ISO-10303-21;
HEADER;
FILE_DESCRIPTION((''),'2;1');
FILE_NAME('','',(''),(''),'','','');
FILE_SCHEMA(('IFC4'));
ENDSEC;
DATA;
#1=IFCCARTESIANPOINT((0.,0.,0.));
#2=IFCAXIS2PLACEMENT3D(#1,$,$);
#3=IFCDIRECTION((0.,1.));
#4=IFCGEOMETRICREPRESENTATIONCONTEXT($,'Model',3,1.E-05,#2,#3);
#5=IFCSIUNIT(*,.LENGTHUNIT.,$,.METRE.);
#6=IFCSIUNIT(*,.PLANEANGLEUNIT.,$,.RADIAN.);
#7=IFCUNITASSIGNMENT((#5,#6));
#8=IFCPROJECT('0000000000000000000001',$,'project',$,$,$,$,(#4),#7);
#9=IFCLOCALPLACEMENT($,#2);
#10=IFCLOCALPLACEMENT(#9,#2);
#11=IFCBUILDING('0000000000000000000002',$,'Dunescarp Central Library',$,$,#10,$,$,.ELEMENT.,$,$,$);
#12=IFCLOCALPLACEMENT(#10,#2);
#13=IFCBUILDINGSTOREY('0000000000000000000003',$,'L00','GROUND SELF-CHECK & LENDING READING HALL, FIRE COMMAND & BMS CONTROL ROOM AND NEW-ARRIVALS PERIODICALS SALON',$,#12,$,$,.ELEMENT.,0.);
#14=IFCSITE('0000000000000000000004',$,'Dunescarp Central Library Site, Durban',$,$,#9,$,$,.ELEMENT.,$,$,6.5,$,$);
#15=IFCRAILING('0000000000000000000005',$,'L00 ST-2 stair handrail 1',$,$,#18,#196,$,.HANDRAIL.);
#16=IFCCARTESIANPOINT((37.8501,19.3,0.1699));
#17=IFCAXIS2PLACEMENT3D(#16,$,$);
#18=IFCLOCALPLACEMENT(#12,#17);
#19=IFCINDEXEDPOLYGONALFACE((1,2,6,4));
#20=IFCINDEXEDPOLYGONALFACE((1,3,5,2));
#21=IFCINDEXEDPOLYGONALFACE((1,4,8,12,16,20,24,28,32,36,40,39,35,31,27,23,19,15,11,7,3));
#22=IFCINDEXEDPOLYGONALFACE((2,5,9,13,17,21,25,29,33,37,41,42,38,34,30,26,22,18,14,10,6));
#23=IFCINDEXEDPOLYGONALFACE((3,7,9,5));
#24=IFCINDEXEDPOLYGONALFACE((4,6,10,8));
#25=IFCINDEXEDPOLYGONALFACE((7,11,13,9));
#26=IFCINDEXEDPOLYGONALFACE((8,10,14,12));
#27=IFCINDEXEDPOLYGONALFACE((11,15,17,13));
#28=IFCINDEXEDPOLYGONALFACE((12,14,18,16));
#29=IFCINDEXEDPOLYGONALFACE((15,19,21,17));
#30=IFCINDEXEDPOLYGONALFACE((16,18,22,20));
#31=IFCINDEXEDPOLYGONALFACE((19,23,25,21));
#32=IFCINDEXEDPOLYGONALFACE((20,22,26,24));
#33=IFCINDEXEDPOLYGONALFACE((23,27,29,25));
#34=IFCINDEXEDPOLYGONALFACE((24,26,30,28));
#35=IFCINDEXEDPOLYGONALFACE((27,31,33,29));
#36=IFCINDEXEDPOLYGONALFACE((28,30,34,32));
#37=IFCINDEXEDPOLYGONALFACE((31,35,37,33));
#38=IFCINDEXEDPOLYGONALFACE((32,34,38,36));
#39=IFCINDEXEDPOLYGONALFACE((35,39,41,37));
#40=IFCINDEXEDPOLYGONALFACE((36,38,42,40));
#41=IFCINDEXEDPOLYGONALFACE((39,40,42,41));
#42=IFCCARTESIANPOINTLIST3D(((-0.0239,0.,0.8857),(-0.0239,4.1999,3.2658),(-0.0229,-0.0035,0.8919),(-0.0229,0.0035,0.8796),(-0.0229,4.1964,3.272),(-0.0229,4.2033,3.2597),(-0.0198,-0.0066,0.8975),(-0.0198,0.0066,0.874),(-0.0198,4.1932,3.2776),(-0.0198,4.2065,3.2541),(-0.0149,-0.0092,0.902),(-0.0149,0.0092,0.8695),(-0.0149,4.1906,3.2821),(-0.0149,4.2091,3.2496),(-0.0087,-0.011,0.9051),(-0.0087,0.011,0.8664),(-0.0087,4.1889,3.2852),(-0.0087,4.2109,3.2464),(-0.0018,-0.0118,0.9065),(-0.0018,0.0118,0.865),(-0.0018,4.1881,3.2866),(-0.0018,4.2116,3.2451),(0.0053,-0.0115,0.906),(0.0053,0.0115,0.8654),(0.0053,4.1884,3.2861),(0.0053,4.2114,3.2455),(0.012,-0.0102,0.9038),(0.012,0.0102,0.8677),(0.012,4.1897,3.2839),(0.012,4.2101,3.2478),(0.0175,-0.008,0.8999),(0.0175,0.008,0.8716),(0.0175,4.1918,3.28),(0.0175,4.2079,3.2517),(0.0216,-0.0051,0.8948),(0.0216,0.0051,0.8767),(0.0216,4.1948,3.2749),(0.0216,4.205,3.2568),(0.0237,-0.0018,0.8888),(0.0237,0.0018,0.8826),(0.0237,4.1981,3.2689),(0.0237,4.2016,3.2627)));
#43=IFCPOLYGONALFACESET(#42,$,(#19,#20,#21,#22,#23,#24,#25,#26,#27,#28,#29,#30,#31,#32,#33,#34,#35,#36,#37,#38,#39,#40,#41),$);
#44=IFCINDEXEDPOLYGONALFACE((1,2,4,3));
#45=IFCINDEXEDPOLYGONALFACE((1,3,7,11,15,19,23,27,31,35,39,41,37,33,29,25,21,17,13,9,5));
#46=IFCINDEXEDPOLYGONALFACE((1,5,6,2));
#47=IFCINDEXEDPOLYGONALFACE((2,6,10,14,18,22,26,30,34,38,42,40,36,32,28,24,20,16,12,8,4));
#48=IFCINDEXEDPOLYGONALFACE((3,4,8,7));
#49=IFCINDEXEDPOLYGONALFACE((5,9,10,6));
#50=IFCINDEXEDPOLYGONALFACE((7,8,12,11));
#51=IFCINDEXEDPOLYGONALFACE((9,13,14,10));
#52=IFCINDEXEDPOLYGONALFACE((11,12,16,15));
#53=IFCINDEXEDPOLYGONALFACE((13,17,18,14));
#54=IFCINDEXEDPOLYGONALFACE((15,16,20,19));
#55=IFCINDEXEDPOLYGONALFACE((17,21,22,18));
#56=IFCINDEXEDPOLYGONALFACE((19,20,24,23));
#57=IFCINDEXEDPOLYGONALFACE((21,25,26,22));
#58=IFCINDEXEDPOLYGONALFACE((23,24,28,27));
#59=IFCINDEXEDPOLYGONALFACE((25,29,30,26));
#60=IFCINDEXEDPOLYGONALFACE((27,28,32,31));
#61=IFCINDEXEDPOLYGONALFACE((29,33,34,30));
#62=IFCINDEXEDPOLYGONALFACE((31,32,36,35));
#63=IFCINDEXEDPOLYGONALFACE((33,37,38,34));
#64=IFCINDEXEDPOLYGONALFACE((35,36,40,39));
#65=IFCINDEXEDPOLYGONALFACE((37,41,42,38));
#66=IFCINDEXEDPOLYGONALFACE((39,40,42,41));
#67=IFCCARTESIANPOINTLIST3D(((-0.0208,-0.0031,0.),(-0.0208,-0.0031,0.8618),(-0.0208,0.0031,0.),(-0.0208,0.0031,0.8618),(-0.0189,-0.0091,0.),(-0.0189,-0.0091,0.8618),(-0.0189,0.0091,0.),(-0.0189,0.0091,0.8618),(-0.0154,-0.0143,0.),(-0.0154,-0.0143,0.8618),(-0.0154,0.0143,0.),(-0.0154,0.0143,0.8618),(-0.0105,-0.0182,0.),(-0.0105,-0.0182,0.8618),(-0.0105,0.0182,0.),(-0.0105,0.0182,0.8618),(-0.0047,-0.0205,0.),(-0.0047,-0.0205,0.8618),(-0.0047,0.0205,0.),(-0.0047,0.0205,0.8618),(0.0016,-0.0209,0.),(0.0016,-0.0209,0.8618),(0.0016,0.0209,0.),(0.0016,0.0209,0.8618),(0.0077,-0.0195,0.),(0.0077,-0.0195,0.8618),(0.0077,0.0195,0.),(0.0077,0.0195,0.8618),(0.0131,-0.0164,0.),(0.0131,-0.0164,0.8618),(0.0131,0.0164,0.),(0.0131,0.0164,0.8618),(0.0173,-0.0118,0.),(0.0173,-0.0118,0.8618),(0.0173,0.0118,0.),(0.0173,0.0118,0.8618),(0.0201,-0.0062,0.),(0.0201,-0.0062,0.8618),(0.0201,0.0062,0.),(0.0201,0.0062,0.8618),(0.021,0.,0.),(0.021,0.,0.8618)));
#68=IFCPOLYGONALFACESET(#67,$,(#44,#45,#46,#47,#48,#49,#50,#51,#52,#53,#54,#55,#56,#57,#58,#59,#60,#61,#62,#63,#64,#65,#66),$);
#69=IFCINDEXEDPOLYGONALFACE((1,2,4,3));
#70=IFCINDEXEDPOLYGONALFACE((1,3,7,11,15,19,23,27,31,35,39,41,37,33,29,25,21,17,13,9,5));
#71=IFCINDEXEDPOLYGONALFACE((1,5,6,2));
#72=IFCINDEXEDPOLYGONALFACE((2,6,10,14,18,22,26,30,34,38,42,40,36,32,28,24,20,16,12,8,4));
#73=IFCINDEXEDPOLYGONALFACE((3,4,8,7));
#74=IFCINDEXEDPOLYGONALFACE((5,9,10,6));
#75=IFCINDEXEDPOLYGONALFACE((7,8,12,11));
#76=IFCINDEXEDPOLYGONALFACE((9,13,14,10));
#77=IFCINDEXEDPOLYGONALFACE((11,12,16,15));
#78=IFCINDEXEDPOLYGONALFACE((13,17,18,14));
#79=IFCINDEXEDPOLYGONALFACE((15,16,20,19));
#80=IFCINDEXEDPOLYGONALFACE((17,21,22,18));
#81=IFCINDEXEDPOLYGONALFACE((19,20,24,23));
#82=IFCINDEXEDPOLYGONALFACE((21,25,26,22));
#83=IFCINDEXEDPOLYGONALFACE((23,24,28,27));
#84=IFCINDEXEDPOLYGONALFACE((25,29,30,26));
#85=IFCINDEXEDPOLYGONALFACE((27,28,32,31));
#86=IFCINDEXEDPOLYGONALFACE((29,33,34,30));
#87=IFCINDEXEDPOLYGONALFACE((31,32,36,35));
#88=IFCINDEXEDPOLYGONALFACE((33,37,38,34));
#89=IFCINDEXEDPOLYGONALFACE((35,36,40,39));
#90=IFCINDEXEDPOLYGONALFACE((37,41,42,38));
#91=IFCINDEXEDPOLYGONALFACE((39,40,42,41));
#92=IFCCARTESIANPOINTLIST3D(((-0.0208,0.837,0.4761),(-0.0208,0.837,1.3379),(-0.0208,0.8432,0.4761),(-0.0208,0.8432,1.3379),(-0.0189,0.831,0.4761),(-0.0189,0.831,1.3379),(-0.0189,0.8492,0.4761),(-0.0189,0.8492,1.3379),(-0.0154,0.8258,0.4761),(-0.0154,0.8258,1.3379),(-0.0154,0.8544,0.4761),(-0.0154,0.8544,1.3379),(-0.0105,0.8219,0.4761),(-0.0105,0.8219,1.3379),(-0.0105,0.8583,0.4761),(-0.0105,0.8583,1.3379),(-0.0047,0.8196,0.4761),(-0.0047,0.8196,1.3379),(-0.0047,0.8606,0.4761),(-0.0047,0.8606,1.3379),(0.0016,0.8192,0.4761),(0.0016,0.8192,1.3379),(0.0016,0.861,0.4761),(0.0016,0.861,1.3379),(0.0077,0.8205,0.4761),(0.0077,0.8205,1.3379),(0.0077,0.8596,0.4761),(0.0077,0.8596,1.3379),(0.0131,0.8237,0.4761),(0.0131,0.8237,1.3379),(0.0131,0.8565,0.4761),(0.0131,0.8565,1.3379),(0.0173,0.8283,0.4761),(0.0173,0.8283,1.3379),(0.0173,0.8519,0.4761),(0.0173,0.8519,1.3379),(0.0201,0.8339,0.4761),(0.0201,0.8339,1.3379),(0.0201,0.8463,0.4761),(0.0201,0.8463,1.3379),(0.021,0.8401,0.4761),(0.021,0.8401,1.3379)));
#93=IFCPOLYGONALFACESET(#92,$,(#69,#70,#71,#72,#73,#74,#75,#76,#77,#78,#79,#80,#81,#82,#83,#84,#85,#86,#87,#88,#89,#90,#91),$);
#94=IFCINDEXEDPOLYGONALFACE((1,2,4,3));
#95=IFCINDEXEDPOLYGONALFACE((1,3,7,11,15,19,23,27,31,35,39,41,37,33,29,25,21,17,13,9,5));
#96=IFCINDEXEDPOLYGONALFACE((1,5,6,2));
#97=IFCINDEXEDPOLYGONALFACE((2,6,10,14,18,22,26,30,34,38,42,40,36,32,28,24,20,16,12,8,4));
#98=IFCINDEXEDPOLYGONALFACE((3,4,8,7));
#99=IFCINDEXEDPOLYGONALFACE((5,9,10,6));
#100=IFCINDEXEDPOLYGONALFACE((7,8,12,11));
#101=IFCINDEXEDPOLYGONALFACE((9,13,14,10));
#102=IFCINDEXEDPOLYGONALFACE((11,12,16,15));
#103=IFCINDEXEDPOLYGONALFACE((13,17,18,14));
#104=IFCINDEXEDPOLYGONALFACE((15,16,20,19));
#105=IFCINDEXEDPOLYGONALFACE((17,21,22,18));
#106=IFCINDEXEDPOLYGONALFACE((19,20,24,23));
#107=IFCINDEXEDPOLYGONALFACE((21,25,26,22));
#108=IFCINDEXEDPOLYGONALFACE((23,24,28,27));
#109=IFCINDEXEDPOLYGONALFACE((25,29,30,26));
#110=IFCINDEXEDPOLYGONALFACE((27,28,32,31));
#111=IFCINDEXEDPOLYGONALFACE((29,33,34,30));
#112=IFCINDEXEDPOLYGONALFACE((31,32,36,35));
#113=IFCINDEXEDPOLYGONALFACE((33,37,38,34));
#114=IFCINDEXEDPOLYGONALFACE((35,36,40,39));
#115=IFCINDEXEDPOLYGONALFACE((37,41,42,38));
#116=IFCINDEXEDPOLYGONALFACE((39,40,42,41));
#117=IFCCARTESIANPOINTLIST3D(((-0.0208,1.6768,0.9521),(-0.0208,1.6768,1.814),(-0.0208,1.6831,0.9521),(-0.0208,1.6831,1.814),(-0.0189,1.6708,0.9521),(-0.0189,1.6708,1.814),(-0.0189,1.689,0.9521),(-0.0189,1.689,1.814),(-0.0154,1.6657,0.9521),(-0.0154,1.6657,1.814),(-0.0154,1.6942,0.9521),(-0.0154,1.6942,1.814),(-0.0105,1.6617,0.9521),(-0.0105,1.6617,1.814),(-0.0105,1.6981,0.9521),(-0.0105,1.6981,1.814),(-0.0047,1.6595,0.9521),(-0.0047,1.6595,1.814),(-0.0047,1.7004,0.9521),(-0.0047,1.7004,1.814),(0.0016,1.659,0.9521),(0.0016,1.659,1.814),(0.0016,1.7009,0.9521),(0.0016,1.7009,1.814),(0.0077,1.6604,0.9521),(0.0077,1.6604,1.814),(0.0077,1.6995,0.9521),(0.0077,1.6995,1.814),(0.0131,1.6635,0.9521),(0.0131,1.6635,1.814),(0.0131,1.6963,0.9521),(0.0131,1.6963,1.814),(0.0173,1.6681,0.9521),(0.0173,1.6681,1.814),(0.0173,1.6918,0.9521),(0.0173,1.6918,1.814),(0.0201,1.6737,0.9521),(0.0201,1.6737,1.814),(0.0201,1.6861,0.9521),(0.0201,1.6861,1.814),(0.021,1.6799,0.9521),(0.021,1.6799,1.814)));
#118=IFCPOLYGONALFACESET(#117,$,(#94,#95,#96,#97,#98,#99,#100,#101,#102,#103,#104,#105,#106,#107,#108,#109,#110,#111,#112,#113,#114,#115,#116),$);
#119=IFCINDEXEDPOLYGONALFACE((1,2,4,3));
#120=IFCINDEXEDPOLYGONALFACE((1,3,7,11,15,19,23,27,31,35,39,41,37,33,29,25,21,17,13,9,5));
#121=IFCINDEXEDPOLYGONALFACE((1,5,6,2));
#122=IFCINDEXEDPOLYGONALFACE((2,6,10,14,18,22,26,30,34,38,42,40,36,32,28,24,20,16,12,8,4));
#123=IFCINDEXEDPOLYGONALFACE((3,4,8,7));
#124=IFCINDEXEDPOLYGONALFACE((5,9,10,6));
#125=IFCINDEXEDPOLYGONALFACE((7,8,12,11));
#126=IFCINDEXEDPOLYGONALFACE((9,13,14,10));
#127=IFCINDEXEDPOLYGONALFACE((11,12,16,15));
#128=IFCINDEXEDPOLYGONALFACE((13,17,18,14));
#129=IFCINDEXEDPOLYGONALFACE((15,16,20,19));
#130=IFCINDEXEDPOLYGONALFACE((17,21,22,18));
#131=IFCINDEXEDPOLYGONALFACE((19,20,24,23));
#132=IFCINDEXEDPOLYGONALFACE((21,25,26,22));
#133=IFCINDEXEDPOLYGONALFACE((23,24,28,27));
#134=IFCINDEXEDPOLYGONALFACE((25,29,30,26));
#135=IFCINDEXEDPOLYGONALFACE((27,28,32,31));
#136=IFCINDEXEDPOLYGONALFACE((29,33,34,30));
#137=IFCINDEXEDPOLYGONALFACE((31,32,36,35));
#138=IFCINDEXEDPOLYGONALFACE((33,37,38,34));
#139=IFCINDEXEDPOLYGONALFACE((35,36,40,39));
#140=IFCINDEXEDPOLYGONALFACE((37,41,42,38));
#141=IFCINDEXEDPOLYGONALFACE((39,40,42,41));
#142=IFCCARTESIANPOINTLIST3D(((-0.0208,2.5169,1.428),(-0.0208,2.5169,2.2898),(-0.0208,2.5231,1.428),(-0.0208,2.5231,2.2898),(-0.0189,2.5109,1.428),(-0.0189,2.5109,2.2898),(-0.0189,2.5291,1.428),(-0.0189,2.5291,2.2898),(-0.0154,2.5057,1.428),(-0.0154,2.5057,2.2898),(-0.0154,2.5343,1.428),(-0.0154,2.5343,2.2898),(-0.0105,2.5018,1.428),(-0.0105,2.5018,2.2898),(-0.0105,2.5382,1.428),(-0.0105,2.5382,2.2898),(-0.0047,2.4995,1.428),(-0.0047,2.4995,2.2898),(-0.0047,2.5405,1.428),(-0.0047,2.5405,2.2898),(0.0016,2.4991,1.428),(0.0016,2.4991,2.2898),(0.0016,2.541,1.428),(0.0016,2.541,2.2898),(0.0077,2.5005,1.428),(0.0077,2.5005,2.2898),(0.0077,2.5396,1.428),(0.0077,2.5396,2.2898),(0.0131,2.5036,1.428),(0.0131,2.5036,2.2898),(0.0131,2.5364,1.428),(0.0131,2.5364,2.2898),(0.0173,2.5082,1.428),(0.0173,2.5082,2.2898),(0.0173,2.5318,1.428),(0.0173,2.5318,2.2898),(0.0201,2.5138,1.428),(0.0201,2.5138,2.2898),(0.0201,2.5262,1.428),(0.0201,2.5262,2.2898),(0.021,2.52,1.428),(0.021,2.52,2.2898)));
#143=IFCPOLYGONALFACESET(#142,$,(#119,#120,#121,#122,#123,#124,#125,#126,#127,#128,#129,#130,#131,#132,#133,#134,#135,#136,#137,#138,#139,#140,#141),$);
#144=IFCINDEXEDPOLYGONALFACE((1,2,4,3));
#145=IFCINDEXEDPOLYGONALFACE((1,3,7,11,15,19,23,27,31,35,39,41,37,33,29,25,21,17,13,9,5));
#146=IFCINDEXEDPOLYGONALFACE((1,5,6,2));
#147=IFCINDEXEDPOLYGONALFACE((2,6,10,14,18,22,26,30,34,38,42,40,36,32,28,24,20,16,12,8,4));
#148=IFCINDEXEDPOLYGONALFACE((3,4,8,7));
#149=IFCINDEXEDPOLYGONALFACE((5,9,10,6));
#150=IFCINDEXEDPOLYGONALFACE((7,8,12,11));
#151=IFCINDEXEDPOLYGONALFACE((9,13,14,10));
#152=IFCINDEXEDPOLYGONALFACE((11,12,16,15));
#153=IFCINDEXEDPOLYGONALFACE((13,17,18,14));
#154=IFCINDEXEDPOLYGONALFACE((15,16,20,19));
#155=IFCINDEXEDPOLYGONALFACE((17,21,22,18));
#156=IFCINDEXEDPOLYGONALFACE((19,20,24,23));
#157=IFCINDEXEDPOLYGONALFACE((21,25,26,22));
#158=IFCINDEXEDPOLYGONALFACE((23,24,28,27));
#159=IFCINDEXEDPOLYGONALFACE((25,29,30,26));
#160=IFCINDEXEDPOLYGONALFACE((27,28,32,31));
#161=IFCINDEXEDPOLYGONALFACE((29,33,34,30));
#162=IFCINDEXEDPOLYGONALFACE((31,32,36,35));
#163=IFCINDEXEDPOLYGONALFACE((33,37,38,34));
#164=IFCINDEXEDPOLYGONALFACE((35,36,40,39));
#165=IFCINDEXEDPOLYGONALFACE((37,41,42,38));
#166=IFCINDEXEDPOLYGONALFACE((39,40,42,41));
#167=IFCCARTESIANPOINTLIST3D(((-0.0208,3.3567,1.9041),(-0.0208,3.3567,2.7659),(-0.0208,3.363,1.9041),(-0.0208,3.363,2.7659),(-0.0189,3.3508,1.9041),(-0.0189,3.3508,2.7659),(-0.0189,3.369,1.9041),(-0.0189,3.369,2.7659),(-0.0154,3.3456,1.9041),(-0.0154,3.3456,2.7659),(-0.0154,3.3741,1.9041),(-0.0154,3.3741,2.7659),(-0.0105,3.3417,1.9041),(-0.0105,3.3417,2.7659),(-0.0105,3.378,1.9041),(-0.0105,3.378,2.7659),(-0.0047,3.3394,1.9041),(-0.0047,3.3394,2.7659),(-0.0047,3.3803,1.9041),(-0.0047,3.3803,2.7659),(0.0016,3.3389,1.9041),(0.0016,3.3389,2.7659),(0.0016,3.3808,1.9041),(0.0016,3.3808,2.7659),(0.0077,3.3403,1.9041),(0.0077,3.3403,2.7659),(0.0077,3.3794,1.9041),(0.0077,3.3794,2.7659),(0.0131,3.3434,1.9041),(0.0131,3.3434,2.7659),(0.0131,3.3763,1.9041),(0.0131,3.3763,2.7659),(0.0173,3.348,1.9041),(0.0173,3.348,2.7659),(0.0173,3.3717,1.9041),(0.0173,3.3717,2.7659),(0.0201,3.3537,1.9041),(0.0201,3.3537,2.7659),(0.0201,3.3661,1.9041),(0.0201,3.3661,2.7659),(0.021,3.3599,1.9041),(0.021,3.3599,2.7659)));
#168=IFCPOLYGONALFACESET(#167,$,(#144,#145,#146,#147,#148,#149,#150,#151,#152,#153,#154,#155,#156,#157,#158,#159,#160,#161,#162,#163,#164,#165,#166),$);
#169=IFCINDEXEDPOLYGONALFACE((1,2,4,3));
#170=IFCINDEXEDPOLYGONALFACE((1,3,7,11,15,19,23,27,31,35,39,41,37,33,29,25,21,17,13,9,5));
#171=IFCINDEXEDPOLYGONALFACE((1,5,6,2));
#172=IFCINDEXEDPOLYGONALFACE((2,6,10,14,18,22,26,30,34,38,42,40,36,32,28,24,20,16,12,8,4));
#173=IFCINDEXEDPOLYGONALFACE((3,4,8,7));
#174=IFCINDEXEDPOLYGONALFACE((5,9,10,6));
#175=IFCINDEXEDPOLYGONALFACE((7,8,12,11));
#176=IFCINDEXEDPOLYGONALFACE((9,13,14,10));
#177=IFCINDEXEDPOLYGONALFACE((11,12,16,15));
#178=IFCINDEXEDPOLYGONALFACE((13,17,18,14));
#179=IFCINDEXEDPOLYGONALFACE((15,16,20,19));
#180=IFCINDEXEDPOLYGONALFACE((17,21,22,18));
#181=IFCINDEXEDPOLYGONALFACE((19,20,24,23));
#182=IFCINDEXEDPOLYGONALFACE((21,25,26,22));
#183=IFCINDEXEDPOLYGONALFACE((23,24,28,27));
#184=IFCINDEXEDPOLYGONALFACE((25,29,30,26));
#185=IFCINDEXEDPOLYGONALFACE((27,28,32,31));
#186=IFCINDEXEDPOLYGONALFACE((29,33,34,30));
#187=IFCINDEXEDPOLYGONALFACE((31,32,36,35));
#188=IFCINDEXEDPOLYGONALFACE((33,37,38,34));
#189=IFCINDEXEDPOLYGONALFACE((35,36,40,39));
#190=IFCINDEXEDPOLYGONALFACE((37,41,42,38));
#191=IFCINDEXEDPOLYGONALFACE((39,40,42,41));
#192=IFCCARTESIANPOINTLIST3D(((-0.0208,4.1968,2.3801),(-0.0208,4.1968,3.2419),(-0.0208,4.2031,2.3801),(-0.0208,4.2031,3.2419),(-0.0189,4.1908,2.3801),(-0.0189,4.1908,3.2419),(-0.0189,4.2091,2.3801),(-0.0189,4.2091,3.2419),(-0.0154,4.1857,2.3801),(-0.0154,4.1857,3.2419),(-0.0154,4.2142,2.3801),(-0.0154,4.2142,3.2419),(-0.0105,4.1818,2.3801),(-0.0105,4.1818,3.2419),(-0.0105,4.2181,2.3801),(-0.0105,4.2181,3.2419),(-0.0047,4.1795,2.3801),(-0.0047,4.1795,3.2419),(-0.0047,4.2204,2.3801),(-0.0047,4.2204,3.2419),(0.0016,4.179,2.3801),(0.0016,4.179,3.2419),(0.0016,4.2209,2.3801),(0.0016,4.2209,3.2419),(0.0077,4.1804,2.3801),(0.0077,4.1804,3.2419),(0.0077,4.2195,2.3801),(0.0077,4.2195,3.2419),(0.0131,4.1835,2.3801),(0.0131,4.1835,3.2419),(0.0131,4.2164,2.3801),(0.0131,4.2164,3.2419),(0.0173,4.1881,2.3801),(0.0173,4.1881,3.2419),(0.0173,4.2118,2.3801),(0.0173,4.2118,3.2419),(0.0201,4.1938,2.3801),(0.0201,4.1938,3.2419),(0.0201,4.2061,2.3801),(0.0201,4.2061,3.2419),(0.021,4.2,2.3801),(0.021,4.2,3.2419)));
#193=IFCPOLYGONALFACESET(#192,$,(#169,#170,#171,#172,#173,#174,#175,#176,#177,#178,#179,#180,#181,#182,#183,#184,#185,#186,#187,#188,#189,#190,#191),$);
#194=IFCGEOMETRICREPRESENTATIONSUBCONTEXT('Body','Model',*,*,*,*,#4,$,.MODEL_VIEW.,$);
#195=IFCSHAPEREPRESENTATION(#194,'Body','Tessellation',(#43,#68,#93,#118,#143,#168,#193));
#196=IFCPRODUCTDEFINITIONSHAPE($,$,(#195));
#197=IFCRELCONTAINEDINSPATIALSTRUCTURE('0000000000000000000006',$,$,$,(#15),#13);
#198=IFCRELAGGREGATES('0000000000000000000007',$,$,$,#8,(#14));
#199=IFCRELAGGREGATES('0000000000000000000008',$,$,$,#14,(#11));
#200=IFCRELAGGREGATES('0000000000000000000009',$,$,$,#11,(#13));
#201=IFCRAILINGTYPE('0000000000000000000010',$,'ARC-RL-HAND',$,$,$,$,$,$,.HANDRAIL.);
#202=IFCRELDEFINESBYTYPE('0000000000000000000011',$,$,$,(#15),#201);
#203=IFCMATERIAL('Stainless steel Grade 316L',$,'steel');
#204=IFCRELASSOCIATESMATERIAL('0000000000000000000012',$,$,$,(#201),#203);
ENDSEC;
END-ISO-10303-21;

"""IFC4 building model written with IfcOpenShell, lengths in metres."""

from ifc_helpers import new_model, si_unit, direction, frame, origin, origin_2d, place, context, subcontext, project, spatial, circle, extrude, material, type_object, element, save


model = new_model("IFC4")

# Units and contexts
model_context = context("Model", 3, precision=1e-05, world=origin(), true_north=direction((0.0, 1.0)))
body_context = subcontext(model_context, "Body", "Model", "MODEL_VIEW")
ifc_project = project(units=[si_unit("LENGTHUNIT", "METRE"), si_unit("PLANEANGLEUNIT", "RADIAN")], contexts=[model_context])

# Site, building, storey
site_placement = place(None, origin())
site = spatial("IfcSite", under=ifc_project, at=site_placement, Name="Dunescarp Central Library Site, Durban", CompositionType="ELEMENT", RefElevation=6.5)
building_placement = place(site_placement, origin())
building = spatial("IfcBuilding", under=site, at=building_placement, Name="Dunescarp Central Library", CompositionType="ELEMENT")
storey_placement = place(building_placement, origin())
storey = spatial("IfcBuildingStorey", under=building, at=storey_placement, Name="L00", Description="GROUND SELF-CHECK & LENDING READING HALL, FIRE COMMAND & BMS CONTROL ROOM AND NEW-ARRIVALS PERIODICALS SALON", CompositionType="ELEMENT", Elevation=0.0)

# Railing
ifc_material_1 = material(Name="Stainless steel Grade 316L", Category="steel")
railing_type_1 = type_object("IfcRailingType", Name="ARC-RL-HAND", PredefinedType="HANDRAIL", material=ifc_material_1)
railing_1_placement = place(storey_placement, frame((37.8501, 19.3, 0.1699)))
element("IfcRailing", 1, at=railing_1_placement, inside=storey, type_object=railing_type_1, Name="L00 ST-2 stair handrail 1", PredefinedType="HANDRAIL", context=body_context, shape_type="SweptSolid", body=[
    extrude(circle(Radius=0.0239, at=origin_2d()), frame((0.0, 0.0, 0.8857), z_axis=(0.0, 0.870008, 0.493037), x_axis=(-1.0, 0.0, 0.0)), (0.0, 0.0, 1.0), 4.8274),
    extrude(circle(Radius=0.021, at=origin_2d()), origin(), (0.0, 0.0, 1.0), 0.8618),
    extrude(circle(Radius=0.021, at=origin_2d()), frame((0.0, 0.8401, 0.4761)), (0.0, 0.0, 1.0), 0.8618),
    extrude(circle(Radius=0.021, at=origin_2d()), frame((0.0, 1.6799, 0.9521)), (0.0, 0.0, 1.0), 0.8618),
    extrude(circle(Radius=0.021, at=origin_2d()), frame((0.0, 2.52, 1.428)), (0.0, 0.0, 1.0), 0.8618),
    extrude(circle(Radius=0.021, at=origin_2d()), frame((0.0, 3.3599, 1.9041)), (0.0, 0.0, 1.0), 0.8618),
    extrude(circle(Radius=0.021, at=origin_2d()), frame((0.0, 4.2, 2.3801)), (0.0, 0.0, 1.0), 0.8618),
])

save(model, "model.ifc")
